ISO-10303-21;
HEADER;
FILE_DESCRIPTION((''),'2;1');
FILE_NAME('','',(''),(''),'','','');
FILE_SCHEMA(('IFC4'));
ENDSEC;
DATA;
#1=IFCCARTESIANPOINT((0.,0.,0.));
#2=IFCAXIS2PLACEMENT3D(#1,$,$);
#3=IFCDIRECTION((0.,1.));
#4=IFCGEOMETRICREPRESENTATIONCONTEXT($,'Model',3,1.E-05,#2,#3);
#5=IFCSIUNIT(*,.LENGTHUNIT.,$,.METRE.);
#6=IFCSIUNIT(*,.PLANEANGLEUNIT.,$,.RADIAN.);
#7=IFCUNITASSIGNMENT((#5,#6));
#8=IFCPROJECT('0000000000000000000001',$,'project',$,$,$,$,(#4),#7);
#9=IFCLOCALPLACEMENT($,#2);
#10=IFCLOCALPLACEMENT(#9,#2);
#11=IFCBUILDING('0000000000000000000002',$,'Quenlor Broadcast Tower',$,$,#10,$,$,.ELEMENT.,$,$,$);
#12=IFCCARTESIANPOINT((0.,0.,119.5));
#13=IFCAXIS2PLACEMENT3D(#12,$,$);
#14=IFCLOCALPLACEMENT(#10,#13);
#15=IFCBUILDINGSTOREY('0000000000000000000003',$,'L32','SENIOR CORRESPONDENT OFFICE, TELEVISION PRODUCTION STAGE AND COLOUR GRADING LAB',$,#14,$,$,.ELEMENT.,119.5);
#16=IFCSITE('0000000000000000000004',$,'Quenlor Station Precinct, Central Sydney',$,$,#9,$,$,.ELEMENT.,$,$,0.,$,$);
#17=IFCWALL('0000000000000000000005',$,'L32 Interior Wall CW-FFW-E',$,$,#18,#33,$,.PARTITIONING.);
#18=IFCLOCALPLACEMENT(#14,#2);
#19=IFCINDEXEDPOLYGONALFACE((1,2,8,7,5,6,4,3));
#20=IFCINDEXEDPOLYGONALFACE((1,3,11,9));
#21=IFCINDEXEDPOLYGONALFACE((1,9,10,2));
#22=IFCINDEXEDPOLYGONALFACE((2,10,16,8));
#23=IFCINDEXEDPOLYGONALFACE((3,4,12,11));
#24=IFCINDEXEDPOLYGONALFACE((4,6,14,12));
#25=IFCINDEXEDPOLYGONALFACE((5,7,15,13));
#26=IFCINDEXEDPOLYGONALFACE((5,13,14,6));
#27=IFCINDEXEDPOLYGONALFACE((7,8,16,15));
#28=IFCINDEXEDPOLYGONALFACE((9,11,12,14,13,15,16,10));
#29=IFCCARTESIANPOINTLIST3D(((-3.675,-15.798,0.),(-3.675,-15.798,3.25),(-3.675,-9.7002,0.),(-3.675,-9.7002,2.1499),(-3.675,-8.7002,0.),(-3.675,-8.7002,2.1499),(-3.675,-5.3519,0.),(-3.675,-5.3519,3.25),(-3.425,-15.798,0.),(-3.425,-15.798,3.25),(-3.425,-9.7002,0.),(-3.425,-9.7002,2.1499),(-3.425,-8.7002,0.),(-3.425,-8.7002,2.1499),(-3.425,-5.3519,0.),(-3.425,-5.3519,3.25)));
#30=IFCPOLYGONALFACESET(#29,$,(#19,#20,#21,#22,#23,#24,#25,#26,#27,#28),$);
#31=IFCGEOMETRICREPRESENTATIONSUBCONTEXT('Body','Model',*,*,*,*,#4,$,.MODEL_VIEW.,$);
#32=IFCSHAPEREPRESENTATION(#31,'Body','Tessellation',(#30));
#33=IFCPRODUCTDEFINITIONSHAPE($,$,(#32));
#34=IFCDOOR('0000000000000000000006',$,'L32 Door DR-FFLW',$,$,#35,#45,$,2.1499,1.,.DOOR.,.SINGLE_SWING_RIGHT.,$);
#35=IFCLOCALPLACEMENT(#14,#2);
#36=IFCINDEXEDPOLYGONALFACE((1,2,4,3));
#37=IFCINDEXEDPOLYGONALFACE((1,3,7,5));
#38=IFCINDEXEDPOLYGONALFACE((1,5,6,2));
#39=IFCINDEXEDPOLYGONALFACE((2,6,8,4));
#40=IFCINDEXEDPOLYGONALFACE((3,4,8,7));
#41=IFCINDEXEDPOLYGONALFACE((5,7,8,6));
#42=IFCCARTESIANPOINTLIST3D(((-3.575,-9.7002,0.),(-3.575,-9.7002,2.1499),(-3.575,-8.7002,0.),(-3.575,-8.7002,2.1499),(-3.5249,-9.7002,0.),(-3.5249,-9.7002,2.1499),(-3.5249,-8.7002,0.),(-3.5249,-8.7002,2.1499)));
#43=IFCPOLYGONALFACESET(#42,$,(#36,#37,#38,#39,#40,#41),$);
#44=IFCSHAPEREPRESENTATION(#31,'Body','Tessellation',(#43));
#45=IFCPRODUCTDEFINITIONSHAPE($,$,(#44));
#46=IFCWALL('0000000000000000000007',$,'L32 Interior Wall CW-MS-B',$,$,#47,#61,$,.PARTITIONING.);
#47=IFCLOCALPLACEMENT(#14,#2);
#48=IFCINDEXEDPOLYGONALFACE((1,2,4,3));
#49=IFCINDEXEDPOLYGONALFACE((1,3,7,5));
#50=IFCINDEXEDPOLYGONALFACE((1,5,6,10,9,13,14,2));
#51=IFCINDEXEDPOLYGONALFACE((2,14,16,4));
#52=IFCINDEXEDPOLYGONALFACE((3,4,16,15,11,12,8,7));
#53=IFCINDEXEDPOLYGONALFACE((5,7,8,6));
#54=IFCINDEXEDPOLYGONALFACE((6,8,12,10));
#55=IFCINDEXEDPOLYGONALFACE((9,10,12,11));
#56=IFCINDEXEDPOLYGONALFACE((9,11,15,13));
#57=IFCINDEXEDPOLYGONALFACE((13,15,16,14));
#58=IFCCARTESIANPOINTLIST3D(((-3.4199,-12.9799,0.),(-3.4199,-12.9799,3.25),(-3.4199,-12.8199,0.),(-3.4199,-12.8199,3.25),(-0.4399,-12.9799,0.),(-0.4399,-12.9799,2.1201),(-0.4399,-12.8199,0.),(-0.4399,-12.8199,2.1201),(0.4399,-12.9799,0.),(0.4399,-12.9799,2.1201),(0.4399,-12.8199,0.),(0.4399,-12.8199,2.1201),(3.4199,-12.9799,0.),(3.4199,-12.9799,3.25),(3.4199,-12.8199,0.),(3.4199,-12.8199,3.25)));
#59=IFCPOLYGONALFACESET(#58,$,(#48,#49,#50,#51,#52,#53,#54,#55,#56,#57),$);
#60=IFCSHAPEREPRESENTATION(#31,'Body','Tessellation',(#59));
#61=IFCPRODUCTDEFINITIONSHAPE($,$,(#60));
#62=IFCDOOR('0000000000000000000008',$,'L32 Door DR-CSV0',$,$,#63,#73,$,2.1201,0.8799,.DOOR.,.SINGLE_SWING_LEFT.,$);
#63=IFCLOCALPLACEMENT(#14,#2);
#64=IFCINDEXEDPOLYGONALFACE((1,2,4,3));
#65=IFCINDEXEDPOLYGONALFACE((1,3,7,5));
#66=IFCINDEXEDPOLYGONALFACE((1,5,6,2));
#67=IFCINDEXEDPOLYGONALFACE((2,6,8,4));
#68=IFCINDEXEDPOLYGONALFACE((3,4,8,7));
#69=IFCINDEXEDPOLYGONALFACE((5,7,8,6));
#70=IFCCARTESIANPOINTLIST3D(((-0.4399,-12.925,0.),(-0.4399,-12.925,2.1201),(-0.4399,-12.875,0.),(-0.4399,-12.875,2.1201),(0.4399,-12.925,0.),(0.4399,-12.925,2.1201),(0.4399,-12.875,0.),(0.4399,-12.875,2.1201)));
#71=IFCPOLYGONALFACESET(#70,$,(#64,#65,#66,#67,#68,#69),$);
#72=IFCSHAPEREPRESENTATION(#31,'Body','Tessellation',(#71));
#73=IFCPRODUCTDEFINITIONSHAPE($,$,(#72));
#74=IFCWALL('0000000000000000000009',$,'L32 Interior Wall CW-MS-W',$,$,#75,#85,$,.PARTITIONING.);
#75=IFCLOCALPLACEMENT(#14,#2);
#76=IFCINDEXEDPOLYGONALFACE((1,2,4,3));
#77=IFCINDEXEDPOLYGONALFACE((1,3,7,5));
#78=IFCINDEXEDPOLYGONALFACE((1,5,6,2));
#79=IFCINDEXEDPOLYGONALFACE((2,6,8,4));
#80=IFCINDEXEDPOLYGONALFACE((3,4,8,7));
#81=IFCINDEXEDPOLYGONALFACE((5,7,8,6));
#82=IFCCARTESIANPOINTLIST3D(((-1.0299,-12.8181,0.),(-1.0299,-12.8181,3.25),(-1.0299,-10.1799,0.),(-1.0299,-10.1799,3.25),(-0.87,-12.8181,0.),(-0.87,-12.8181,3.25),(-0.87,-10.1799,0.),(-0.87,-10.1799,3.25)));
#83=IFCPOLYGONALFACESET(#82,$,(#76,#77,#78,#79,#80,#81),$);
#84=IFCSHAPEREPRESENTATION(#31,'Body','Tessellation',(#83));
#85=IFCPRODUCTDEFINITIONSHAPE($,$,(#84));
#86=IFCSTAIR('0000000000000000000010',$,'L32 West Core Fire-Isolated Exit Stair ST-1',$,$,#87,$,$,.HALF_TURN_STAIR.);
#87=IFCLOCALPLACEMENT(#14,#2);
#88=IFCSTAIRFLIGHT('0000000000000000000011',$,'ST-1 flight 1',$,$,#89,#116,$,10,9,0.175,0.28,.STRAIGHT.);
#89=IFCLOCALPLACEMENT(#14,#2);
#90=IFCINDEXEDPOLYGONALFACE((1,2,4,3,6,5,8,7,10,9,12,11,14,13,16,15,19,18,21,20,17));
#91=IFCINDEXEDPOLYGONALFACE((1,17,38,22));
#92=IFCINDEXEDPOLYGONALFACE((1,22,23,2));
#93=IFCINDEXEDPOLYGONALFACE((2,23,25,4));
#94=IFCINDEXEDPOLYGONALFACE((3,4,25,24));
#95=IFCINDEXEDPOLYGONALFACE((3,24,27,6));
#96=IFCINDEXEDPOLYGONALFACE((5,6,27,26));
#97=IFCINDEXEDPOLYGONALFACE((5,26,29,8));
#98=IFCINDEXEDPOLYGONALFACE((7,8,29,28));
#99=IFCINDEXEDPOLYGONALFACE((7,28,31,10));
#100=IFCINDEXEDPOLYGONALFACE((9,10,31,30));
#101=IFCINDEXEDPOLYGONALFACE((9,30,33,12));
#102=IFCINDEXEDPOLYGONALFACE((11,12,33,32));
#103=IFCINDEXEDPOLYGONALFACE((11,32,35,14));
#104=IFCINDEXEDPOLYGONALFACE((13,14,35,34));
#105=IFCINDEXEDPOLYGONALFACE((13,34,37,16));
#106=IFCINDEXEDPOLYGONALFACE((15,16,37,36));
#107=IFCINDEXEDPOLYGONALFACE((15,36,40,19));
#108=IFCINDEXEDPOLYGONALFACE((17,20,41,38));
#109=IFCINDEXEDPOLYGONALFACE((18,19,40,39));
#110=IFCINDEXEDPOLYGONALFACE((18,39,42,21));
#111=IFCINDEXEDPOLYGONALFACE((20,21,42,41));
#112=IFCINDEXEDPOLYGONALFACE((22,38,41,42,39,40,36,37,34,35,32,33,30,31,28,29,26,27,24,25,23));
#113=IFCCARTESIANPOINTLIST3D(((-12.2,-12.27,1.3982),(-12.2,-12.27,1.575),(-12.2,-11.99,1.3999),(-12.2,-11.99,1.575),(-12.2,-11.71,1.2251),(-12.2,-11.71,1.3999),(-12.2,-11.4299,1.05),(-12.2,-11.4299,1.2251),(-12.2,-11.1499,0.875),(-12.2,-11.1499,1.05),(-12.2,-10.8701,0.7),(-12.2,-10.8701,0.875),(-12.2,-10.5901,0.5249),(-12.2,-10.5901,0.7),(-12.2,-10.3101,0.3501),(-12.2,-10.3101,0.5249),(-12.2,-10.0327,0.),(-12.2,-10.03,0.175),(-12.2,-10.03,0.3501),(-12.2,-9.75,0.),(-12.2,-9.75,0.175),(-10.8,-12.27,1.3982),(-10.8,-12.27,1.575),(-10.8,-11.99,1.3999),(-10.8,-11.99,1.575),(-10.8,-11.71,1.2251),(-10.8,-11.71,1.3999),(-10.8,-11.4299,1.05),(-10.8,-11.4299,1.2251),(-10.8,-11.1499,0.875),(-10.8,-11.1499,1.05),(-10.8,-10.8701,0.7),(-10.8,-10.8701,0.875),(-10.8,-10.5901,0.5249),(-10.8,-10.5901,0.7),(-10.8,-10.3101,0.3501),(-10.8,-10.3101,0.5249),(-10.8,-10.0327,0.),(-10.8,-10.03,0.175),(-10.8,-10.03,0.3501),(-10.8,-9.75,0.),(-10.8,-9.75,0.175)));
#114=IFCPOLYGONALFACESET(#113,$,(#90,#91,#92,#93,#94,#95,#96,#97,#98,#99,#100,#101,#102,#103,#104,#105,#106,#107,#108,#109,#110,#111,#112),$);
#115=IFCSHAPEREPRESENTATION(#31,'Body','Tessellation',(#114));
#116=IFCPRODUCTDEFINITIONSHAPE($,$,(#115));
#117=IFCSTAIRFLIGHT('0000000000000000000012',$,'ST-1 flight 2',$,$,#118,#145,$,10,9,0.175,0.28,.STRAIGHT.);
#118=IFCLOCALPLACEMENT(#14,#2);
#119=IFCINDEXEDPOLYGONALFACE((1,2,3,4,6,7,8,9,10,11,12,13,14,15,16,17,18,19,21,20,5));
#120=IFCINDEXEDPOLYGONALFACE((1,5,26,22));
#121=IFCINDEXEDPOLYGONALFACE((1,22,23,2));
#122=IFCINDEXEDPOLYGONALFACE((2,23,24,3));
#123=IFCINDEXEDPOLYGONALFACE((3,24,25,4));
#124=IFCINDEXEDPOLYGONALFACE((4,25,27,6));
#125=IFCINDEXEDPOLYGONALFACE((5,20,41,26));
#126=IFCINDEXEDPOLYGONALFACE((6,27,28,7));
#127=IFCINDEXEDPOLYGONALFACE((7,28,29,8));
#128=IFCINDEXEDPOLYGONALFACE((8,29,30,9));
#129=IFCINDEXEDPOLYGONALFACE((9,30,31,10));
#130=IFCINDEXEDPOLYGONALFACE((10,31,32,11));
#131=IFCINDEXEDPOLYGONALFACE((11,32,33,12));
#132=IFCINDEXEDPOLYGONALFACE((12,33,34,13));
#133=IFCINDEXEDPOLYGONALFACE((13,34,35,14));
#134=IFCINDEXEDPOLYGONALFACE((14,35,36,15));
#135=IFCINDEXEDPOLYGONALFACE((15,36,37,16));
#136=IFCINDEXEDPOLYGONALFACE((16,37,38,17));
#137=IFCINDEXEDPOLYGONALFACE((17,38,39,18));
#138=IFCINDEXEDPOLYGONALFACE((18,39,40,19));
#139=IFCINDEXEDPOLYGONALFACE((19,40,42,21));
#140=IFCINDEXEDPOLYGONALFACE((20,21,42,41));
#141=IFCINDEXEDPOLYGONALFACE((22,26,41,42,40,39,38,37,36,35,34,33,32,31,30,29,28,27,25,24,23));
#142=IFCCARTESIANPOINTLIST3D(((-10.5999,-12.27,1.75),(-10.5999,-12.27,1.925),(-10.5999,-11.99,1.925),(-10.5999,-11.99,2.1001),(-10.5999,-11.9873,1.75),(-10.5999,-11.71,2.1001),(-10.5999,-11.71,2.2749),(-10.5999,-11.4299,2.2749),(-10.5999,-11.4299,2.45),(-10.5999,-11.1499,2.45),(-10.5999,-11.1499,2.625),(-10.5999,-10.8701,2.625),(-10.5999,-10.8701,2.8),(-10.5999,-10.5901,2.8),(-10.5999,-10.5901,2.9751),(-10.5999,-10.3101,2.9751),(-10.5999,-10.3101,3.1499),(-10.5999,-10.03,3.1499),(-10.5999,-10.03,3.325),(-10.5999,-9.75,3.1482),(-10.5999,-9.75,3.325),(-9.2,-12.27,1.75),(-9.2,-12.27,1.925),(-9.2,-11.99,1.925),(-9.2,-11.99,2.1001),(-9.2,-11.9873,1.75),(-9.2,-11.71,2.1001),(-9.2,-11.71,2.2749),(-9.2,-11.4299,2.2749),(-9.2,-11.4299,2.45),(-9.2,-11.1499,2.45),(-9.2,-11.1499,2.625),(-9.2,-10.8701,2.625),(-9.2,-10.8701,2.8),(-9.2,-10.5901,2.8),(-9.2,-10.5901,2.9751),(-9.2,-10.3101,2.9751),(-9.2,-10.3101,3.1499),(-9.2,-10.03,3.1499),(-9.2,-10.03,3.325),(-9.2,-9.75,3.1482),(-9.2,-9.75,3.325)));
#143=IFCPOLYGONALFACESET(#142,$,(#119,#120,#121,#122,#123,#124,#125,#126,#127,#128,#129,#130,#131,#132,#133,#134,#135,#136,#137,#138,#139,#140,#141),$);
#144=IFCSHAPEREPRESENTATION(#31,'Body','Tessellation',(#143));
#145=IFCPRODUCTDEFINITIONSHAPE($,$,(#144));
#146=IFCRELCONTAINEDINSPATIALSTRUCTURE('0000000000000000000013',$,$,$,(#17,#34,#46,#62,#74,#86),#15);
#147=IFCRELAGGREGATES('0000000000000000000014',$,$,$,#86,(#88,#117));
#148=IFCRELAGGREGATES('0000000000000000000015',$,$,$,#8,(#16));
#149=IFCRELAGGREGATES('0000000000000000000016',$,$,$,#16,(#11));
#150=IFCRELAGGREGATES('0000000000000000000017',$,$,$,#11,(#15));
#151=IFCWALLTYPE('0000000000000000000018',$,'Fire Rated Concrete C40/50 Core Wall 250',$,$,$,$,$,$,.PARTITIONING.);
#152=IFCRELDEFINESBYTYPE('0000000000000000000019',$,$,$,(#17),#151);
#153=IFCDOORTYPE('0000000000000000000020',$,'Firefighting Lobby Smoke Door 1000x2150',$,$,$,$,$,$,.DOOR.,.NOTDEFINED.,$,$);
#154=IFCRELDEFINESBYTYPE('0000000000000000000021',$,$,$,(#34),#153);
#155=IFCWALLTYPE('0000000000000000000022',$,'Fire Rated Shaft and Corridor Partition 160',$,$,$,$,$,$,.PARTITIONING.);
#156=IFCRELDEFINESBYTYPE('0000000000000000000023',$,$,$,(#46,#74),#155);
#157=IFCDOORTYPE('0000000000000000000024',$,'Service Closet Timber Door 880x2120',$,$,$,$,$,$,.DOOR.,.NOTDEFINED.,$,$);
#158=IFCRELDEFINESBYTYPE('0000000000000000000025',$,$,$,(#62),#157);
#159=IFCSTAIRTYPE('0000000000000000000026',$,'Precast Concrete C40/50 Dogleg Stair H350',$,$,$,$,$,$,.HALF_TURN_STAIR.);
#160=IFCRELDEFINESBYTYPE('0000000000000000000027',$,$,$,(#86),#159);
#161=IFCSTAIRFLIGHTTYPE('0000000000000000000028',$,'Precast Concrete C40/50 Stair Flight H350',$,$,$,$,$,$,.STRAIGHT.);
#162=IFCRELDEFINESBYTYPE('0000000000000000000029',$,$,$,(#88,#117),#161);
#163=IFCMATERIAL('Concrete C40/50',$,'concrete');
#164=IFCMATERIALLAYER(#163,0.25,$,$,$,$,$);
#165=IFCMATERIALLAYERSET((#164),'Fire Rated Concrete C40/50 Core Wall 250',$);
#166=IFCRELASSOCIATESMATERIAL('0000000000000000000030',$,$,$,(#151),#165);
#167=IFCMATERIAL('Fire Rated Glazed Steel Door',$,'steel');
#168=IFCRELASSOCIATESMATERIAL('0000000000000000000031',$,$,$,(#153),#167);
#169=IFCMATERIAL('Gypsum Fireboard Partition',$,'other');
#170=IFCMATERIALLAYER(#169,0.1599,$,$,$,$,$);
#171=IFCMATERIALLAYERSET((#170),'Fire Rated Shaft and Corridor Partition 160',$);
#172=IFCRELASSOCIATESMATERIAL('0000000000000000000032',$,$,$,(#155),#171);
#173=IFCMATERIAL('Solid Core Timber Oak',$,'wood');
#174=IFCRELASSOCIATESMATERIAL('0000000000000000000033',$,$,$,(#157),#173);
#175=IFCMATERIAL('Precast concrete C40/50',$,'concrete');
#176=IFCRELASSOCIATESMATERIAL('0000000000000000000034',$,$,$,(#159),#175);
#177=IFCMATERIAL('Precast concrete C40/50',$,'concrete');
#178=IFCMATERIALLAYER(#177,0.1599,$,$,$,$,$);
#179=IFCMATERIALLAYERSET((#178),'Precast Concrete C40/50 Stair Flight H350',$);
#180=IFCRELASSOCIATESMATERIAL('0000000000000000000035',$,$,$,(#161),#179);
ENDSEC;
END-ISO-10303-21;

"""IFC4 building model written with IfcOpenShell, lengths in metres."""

from ifc_helpers import new_model, si_unit, direction, frame, frame_2d, origin, place, context, subcontext, project, spatial, polyline, rectangle, outline, extrude, material, layer, layer_set, type_object, element, fill, aggregate, save


model = new_model("IFC4")

# Units and contexts
model_context = context("Model", 3, precision=1e-05, world=origin(), true_north=direction((0.0, 1.0)))
body_context = subcontext(model_context, "Body", "Model", "MODEL_VIEW")
ifc_project = project(units=[si_unit("LENGTHUNIT", "METRE"), si_unit("PLANEANGLEUNIT", "RADIAN")], contexts=[model_context])

# Site, building, storey
site_placement = place(None, origin())
site = spatial("IfcSite", under=ifc_project, at=site_placement, Name="Quenlor Station Precinct, Central Sydney", CompositionType="ELEMENT", RefElevation=0.0)
building_placement = place(site_placement, origin())
building = spatial("IfcBuilding", under=site, at=building_placement, Name="Quenlor Broadcast Tower", CompositionType="ELEMENT")
storey_placement = place(building_placement, frame((0.0, 0.0, 119.5)))
storey = spatial("IfcBuildingStorey", under=building, at=storey_placement, Name="L32", Description="SENIOR CORRESPONDENT OFFICE, TELEVISION PRODUCTION STAGE AND COLOUR GRADING LAB", CompositionType="ELEMENT", Elevation=119.5)

# Shared definitions
ifc_material_1 = material(Name="Concrete C40/50", Category="concrete")
ifc_layer_1 = layer(ifc_material_1, 0.25)
ifc_layer_set_1 = layer_set([ifc_layer_1], Name="Fire Rated Concrete C40/50 Core Wall 250")
wall_type_1 = type_object("IfcWallType", Name="Fire Rated Concrete C40/50 Core Wall 250", PredefinedType="PARTITIONING", material=ifc_layer_set_1)

# Walls, openings, doors
wall_1_placement = place(storey_placement, frame((-3.55, -15.7981, 0.0), z_axis=(0.0, 0.0, 1.0), x_axis=(0.0, 1.0, 0.0)))
wall_1 = element("IfcWall", 1, at=wall_1_placement, inside=storey, type_object=wall_type_1, Name="L32 Interior Wall CW-FFW-E", PredefinedType="PARTITIONING", context=body_context, shape_type="SweptSolid", body=[
    extrude(rectangle(XDim=10.446, YDim=0.25, at=frame_2d((5.2231, 0.0))), origin(), (0.0, 0.0, 1.0), 3.25),
])
opening_1_placement = place(wall_1_placement, frame((6.0979, 0.0, 0.0)))
opening_1 = element("IfcOpeningElement", 2, at=opening_1_placement, cuts=wall_1, PredefinedType="OPENING", context=body_context, shape_type="SweptSolid", body=[
    extrude(rectangle(XDim=1.0, YDim=2.1499, at=frame_2d((0.5, 1.075))), frame((0.0, 0.135, 0.0), z_axis=(0.0, -1.0, 0.0), x_axis=(1.0, 0.0, 0.0)), (0.0, 0.0, 1.0), 0.27),
])
ifc_material_2 = material(Name="Fire Rated Glazed Steel Door", Category="steel")
door_type_1 = type_object("IfcDoorType", Name="Firefighting Lobby Smoke Door 1000x2150", OperationType="NOTDEFINED", PredefinedType="DOOR", material=ifc_material_2)
door_1_placement = place(opening_1_placement, origin())
door_1 = element("IfcDoor", 3, at=door_1_placement, inside=storey, type_object=door_type_1, Name="L32 Door DR-FFLW", OperationType="SINGLE_SWING_RIGHT", OverallHeight=2.1499, OverallWidth=1.0, PredefinedType="DOOR", context=body_context, shape_type="SweptSolid", body=[
    extrude(rectangle(XDim=1.0, YDim=2.1499, at=frame_2d((0.5, 1.075))), frame((0.0, 0.0249, 0.0), z_axis=(0.0, -1.0, 0.0), x_axis=(1.0, 0.0, 0.0)), (0.0, 0.0, 1.0), 0.05),
])
fill(opening_1, door_1)
ifc_material_3 = material(Name="Gypsum Fireboard Partition", Category="other")
ifc_layer_2 = layer(ifc_material_3, 0.1599)
ifc_layer_set_2 = layer_set([ifc_layer_2], Name="Fire Rated Shaft and Corridor Partition 160")
wall_type_2 = type_object("IfcWallType", Name="Fire Rated Shaft and Corridor Partition 160", PredefinedType="PARTITIONING", material=ifc_layer_set_2)
wall_2_placement = place(storey_placement, frame((-3.4199, -12.8999, 0.0), z_axis=(0.0, 0.0, 1.0), x_axis=(1.0, 0.0, 0.0)))
wall_2 = element("IfcWall", 4, at=wall_2_placement, inside=storey, type_object=wall_type_2, Name="L32 Interior Wall CW-MS-B", PredefinedType="PARTITIONING", context=body_context, shape_type="SweptSolid", body=[
    extrude(rectangle(XDim=6.8398, YDim=0.1599, at=frame_2d((3.4199, 0.0))), origin(), (0.0, 0.0, 1.0), 3.25),
])
opening_2_placement = place(wall_2_placement, frame((2.98, 0.0, 0.0)))
opening_2 = element("IfcOpeningElement", 5, at=opening_2_placement, cuts=wall_2, PredefinedType="OPENING", context=body_context, shape_type="SweptSolid", body=[
    extrude(rectangle(XDim=0.8799, YDim=2.1201, at=frame_2d((0.4399, 1.0601))), frame((0.0, 0.0898, 0.0), z_axis=(0.0, -1.0, 0.0), x_axis=(1.0, 0.0, 0.0)), (0.0, 0.0, 1.0), 0.1799),
])
ifc_material_4 = material(Name="Solid Core Timber Oak", Category="wood")
door_type_2 = type_object("IfcDoorType", Name="Service Closet Timber Door 880x2120", OperationType="NOTDEFINED", PredefinedType="DOOR", material=ifc_material_4)
door_2_placement = place(opening_2_placement, origin())
door_2 = element("IfcDoor", 6, at=door_2_placement, inside=storey, type_object=door_type_2, Name="L32 Door DR-CSV0", OperationType="SINGLE_SWING_LEFT", OverallHeight=2.1201, OverallWidth=0.8799, PredefinedType="DOOR", context=body_context, shape_type="SweptSolid", body=[
    extrude(rectangle(XDim=0.8799, YDim=2.1201, at=frame_2d((0.4399, 1.0601))), frame((0.0, 0.0249, 0.0), z_axis=(0.0, -1.0, 0.0), x_axis=(1.0, 0.0, 0.0)), (0.0, 0.0, 1.0), 0.05),
])
fill(opening_2, door_2)

# Wall
wall_3_placement = place(storey_placement, frame((-0.95, -12.8181, 0.0), z_axis=(0.0, 0.0, 1.0), x_axis=(0.0, 1.0, 0.0)))
element("IfcWall", 7, at=wall_3_placement, inside=storey, type_object=wall_type_2, Name="L32 Interior Wall CW-MS-W", PredefinedType="PARTITIONING", context=body_context, shape_type="SweptSolid", body=[
    extrude(rectangle(XDim=2.6382, YDim=0.1599, at=frame_2d((1.3191, 0.0))), origin(), (0.0, 0.0, 1.0), 3.25),
])

# Stair, stair flights
ifc_material_5 = material(Name="Precast concrete C40/50", Category="concrete")
stair_type = type_object("IfcStairType", Name="Precast Concrete C40/50 Dogleg Stair H350", PredefinedType="HALF_TURN_STAIR", material=ifc_material_5)
stair_placement = place(storey_placement, origin())
stair = element("IfcStair", 8, at=stair_placement, inside=storey, type_object=stair_type, Name="L32 West Core Fire-Isolated Exit Stair ST-1", PredefinedType="HALF_TURN_STAIR")
ifc_material_6 = material(Name="Precast concrete C40/50", Category="concrete")
ifc_layer_3 = layer(ifc_material_6, 0.1599)
ifc_layer_set_3 = layer_set([ifc_layer_3], Name="Precast Concrete C40/50 Stair Flight H350")
stair_flight_type = type_object("IfcStairFlightType", Name="Precast Concrete C40/50 Stair Flight H350", PredefinedType="STRAIGHT", material=ifc_layer_set_3)
stair_flight_1_placement = place(storey_placement, frame((-11.5, -9.75, 0.0), z_axis=(0.0, 0.0, 1.0), x_axis=(0.0, -1.0, 0.0)))
stair_flight_1 = element("IfcStairFlight", 9, at=stair_flight_1_placement, type_object=stair_flight_type, Name="ST-1 flight 1", NumberOfRisers=10, NumberOfTreads=9, PredefinedType="STRAIGHT", RiserHeight=0.175, TreadLength=0.28, context=body_context, shape_type="SweptSolid", body=[
    extrude(outline(polyline([(0.0, 0.0), (0.0, 0.175), (0.28, 0.175), (0.28, 0.3501), (0.5601, 0.3501), (0.5601, 0.5249), (0.8401, 0.5249), (0.8401, 0.7), (1.1201, 0.7), (1.1201, 0.875), (1.3999, 0.875), (1.3999, 1.05), (1.6799, 1.05), (1.6799, 1.2251), (1.96, 1.2251), (1.96, 1.3999), (2.24, 1.3999), (2.24, 1.575), (2.52, 1.575), (2.52, 1.75), (2.52, 1.3982), (0.2827, 0.0), (0.0, 0.0)])), frame((0.0, 0.7, 0.0), z_axis=(0.0, -1.0, 0.0), x_axis=(1.0, 0.0, 0.0)), (0.0, 0.0, 1.0), 1.3999),
])
stair_flight_2_placement = place(storey_placement, frame((-9.8999, -12.27, 1.75), z_axis=(0.0, 0.0, 1.0), x_axis=(0.0, 1.0, 0.0)))
stair_flight_2 = element("IfcStairFlight", 10, at=stair_flight_2_placement, type_object=stair_flight_type, Name="ST-1 flight 2", NumberOfRisers=10, NumberOfTreads=9, PredefinedType="STRAIGHT", RiserHeight=0.175, TreadLength=0.28, context=body_context, shape_type="SweptSolid", body=[
    extrude(outline(polyline([(0.0, 0.0), (0.0, 0.175), (0.28, 0.175), (0.28, 0.3501), (0.5601, 0.3501), (0.5601, 0.5249), (0.8401, 0.5249), (0.8401, 0.7), (1.1201, 0.7), (1.1201, 0.875), (1.3999, 0.875), (1.3999, 1.05), (1.6799, 1.05), (1.6799, 1.2251), (1.96, 1.2251), (1.96, 1.3999), (2.24, 1.3999), (2.24, 1.575), (2.52, 1.575), (2.52, 1.75), (2.52, 1.3982), (0.2827, 0.0), (0.0, 0.0)])), frame((0.0, 0.7, 0.0), z_axis=(0.0, -1.0, 0.0), x_axis=(1.0, 0.0, 0.0)), (0.0, 0.0, 1.0), 1.3999),
])
aggregate(stair, [stair_flight_1, stair_flight_2])

save(model, "model.ifc")
